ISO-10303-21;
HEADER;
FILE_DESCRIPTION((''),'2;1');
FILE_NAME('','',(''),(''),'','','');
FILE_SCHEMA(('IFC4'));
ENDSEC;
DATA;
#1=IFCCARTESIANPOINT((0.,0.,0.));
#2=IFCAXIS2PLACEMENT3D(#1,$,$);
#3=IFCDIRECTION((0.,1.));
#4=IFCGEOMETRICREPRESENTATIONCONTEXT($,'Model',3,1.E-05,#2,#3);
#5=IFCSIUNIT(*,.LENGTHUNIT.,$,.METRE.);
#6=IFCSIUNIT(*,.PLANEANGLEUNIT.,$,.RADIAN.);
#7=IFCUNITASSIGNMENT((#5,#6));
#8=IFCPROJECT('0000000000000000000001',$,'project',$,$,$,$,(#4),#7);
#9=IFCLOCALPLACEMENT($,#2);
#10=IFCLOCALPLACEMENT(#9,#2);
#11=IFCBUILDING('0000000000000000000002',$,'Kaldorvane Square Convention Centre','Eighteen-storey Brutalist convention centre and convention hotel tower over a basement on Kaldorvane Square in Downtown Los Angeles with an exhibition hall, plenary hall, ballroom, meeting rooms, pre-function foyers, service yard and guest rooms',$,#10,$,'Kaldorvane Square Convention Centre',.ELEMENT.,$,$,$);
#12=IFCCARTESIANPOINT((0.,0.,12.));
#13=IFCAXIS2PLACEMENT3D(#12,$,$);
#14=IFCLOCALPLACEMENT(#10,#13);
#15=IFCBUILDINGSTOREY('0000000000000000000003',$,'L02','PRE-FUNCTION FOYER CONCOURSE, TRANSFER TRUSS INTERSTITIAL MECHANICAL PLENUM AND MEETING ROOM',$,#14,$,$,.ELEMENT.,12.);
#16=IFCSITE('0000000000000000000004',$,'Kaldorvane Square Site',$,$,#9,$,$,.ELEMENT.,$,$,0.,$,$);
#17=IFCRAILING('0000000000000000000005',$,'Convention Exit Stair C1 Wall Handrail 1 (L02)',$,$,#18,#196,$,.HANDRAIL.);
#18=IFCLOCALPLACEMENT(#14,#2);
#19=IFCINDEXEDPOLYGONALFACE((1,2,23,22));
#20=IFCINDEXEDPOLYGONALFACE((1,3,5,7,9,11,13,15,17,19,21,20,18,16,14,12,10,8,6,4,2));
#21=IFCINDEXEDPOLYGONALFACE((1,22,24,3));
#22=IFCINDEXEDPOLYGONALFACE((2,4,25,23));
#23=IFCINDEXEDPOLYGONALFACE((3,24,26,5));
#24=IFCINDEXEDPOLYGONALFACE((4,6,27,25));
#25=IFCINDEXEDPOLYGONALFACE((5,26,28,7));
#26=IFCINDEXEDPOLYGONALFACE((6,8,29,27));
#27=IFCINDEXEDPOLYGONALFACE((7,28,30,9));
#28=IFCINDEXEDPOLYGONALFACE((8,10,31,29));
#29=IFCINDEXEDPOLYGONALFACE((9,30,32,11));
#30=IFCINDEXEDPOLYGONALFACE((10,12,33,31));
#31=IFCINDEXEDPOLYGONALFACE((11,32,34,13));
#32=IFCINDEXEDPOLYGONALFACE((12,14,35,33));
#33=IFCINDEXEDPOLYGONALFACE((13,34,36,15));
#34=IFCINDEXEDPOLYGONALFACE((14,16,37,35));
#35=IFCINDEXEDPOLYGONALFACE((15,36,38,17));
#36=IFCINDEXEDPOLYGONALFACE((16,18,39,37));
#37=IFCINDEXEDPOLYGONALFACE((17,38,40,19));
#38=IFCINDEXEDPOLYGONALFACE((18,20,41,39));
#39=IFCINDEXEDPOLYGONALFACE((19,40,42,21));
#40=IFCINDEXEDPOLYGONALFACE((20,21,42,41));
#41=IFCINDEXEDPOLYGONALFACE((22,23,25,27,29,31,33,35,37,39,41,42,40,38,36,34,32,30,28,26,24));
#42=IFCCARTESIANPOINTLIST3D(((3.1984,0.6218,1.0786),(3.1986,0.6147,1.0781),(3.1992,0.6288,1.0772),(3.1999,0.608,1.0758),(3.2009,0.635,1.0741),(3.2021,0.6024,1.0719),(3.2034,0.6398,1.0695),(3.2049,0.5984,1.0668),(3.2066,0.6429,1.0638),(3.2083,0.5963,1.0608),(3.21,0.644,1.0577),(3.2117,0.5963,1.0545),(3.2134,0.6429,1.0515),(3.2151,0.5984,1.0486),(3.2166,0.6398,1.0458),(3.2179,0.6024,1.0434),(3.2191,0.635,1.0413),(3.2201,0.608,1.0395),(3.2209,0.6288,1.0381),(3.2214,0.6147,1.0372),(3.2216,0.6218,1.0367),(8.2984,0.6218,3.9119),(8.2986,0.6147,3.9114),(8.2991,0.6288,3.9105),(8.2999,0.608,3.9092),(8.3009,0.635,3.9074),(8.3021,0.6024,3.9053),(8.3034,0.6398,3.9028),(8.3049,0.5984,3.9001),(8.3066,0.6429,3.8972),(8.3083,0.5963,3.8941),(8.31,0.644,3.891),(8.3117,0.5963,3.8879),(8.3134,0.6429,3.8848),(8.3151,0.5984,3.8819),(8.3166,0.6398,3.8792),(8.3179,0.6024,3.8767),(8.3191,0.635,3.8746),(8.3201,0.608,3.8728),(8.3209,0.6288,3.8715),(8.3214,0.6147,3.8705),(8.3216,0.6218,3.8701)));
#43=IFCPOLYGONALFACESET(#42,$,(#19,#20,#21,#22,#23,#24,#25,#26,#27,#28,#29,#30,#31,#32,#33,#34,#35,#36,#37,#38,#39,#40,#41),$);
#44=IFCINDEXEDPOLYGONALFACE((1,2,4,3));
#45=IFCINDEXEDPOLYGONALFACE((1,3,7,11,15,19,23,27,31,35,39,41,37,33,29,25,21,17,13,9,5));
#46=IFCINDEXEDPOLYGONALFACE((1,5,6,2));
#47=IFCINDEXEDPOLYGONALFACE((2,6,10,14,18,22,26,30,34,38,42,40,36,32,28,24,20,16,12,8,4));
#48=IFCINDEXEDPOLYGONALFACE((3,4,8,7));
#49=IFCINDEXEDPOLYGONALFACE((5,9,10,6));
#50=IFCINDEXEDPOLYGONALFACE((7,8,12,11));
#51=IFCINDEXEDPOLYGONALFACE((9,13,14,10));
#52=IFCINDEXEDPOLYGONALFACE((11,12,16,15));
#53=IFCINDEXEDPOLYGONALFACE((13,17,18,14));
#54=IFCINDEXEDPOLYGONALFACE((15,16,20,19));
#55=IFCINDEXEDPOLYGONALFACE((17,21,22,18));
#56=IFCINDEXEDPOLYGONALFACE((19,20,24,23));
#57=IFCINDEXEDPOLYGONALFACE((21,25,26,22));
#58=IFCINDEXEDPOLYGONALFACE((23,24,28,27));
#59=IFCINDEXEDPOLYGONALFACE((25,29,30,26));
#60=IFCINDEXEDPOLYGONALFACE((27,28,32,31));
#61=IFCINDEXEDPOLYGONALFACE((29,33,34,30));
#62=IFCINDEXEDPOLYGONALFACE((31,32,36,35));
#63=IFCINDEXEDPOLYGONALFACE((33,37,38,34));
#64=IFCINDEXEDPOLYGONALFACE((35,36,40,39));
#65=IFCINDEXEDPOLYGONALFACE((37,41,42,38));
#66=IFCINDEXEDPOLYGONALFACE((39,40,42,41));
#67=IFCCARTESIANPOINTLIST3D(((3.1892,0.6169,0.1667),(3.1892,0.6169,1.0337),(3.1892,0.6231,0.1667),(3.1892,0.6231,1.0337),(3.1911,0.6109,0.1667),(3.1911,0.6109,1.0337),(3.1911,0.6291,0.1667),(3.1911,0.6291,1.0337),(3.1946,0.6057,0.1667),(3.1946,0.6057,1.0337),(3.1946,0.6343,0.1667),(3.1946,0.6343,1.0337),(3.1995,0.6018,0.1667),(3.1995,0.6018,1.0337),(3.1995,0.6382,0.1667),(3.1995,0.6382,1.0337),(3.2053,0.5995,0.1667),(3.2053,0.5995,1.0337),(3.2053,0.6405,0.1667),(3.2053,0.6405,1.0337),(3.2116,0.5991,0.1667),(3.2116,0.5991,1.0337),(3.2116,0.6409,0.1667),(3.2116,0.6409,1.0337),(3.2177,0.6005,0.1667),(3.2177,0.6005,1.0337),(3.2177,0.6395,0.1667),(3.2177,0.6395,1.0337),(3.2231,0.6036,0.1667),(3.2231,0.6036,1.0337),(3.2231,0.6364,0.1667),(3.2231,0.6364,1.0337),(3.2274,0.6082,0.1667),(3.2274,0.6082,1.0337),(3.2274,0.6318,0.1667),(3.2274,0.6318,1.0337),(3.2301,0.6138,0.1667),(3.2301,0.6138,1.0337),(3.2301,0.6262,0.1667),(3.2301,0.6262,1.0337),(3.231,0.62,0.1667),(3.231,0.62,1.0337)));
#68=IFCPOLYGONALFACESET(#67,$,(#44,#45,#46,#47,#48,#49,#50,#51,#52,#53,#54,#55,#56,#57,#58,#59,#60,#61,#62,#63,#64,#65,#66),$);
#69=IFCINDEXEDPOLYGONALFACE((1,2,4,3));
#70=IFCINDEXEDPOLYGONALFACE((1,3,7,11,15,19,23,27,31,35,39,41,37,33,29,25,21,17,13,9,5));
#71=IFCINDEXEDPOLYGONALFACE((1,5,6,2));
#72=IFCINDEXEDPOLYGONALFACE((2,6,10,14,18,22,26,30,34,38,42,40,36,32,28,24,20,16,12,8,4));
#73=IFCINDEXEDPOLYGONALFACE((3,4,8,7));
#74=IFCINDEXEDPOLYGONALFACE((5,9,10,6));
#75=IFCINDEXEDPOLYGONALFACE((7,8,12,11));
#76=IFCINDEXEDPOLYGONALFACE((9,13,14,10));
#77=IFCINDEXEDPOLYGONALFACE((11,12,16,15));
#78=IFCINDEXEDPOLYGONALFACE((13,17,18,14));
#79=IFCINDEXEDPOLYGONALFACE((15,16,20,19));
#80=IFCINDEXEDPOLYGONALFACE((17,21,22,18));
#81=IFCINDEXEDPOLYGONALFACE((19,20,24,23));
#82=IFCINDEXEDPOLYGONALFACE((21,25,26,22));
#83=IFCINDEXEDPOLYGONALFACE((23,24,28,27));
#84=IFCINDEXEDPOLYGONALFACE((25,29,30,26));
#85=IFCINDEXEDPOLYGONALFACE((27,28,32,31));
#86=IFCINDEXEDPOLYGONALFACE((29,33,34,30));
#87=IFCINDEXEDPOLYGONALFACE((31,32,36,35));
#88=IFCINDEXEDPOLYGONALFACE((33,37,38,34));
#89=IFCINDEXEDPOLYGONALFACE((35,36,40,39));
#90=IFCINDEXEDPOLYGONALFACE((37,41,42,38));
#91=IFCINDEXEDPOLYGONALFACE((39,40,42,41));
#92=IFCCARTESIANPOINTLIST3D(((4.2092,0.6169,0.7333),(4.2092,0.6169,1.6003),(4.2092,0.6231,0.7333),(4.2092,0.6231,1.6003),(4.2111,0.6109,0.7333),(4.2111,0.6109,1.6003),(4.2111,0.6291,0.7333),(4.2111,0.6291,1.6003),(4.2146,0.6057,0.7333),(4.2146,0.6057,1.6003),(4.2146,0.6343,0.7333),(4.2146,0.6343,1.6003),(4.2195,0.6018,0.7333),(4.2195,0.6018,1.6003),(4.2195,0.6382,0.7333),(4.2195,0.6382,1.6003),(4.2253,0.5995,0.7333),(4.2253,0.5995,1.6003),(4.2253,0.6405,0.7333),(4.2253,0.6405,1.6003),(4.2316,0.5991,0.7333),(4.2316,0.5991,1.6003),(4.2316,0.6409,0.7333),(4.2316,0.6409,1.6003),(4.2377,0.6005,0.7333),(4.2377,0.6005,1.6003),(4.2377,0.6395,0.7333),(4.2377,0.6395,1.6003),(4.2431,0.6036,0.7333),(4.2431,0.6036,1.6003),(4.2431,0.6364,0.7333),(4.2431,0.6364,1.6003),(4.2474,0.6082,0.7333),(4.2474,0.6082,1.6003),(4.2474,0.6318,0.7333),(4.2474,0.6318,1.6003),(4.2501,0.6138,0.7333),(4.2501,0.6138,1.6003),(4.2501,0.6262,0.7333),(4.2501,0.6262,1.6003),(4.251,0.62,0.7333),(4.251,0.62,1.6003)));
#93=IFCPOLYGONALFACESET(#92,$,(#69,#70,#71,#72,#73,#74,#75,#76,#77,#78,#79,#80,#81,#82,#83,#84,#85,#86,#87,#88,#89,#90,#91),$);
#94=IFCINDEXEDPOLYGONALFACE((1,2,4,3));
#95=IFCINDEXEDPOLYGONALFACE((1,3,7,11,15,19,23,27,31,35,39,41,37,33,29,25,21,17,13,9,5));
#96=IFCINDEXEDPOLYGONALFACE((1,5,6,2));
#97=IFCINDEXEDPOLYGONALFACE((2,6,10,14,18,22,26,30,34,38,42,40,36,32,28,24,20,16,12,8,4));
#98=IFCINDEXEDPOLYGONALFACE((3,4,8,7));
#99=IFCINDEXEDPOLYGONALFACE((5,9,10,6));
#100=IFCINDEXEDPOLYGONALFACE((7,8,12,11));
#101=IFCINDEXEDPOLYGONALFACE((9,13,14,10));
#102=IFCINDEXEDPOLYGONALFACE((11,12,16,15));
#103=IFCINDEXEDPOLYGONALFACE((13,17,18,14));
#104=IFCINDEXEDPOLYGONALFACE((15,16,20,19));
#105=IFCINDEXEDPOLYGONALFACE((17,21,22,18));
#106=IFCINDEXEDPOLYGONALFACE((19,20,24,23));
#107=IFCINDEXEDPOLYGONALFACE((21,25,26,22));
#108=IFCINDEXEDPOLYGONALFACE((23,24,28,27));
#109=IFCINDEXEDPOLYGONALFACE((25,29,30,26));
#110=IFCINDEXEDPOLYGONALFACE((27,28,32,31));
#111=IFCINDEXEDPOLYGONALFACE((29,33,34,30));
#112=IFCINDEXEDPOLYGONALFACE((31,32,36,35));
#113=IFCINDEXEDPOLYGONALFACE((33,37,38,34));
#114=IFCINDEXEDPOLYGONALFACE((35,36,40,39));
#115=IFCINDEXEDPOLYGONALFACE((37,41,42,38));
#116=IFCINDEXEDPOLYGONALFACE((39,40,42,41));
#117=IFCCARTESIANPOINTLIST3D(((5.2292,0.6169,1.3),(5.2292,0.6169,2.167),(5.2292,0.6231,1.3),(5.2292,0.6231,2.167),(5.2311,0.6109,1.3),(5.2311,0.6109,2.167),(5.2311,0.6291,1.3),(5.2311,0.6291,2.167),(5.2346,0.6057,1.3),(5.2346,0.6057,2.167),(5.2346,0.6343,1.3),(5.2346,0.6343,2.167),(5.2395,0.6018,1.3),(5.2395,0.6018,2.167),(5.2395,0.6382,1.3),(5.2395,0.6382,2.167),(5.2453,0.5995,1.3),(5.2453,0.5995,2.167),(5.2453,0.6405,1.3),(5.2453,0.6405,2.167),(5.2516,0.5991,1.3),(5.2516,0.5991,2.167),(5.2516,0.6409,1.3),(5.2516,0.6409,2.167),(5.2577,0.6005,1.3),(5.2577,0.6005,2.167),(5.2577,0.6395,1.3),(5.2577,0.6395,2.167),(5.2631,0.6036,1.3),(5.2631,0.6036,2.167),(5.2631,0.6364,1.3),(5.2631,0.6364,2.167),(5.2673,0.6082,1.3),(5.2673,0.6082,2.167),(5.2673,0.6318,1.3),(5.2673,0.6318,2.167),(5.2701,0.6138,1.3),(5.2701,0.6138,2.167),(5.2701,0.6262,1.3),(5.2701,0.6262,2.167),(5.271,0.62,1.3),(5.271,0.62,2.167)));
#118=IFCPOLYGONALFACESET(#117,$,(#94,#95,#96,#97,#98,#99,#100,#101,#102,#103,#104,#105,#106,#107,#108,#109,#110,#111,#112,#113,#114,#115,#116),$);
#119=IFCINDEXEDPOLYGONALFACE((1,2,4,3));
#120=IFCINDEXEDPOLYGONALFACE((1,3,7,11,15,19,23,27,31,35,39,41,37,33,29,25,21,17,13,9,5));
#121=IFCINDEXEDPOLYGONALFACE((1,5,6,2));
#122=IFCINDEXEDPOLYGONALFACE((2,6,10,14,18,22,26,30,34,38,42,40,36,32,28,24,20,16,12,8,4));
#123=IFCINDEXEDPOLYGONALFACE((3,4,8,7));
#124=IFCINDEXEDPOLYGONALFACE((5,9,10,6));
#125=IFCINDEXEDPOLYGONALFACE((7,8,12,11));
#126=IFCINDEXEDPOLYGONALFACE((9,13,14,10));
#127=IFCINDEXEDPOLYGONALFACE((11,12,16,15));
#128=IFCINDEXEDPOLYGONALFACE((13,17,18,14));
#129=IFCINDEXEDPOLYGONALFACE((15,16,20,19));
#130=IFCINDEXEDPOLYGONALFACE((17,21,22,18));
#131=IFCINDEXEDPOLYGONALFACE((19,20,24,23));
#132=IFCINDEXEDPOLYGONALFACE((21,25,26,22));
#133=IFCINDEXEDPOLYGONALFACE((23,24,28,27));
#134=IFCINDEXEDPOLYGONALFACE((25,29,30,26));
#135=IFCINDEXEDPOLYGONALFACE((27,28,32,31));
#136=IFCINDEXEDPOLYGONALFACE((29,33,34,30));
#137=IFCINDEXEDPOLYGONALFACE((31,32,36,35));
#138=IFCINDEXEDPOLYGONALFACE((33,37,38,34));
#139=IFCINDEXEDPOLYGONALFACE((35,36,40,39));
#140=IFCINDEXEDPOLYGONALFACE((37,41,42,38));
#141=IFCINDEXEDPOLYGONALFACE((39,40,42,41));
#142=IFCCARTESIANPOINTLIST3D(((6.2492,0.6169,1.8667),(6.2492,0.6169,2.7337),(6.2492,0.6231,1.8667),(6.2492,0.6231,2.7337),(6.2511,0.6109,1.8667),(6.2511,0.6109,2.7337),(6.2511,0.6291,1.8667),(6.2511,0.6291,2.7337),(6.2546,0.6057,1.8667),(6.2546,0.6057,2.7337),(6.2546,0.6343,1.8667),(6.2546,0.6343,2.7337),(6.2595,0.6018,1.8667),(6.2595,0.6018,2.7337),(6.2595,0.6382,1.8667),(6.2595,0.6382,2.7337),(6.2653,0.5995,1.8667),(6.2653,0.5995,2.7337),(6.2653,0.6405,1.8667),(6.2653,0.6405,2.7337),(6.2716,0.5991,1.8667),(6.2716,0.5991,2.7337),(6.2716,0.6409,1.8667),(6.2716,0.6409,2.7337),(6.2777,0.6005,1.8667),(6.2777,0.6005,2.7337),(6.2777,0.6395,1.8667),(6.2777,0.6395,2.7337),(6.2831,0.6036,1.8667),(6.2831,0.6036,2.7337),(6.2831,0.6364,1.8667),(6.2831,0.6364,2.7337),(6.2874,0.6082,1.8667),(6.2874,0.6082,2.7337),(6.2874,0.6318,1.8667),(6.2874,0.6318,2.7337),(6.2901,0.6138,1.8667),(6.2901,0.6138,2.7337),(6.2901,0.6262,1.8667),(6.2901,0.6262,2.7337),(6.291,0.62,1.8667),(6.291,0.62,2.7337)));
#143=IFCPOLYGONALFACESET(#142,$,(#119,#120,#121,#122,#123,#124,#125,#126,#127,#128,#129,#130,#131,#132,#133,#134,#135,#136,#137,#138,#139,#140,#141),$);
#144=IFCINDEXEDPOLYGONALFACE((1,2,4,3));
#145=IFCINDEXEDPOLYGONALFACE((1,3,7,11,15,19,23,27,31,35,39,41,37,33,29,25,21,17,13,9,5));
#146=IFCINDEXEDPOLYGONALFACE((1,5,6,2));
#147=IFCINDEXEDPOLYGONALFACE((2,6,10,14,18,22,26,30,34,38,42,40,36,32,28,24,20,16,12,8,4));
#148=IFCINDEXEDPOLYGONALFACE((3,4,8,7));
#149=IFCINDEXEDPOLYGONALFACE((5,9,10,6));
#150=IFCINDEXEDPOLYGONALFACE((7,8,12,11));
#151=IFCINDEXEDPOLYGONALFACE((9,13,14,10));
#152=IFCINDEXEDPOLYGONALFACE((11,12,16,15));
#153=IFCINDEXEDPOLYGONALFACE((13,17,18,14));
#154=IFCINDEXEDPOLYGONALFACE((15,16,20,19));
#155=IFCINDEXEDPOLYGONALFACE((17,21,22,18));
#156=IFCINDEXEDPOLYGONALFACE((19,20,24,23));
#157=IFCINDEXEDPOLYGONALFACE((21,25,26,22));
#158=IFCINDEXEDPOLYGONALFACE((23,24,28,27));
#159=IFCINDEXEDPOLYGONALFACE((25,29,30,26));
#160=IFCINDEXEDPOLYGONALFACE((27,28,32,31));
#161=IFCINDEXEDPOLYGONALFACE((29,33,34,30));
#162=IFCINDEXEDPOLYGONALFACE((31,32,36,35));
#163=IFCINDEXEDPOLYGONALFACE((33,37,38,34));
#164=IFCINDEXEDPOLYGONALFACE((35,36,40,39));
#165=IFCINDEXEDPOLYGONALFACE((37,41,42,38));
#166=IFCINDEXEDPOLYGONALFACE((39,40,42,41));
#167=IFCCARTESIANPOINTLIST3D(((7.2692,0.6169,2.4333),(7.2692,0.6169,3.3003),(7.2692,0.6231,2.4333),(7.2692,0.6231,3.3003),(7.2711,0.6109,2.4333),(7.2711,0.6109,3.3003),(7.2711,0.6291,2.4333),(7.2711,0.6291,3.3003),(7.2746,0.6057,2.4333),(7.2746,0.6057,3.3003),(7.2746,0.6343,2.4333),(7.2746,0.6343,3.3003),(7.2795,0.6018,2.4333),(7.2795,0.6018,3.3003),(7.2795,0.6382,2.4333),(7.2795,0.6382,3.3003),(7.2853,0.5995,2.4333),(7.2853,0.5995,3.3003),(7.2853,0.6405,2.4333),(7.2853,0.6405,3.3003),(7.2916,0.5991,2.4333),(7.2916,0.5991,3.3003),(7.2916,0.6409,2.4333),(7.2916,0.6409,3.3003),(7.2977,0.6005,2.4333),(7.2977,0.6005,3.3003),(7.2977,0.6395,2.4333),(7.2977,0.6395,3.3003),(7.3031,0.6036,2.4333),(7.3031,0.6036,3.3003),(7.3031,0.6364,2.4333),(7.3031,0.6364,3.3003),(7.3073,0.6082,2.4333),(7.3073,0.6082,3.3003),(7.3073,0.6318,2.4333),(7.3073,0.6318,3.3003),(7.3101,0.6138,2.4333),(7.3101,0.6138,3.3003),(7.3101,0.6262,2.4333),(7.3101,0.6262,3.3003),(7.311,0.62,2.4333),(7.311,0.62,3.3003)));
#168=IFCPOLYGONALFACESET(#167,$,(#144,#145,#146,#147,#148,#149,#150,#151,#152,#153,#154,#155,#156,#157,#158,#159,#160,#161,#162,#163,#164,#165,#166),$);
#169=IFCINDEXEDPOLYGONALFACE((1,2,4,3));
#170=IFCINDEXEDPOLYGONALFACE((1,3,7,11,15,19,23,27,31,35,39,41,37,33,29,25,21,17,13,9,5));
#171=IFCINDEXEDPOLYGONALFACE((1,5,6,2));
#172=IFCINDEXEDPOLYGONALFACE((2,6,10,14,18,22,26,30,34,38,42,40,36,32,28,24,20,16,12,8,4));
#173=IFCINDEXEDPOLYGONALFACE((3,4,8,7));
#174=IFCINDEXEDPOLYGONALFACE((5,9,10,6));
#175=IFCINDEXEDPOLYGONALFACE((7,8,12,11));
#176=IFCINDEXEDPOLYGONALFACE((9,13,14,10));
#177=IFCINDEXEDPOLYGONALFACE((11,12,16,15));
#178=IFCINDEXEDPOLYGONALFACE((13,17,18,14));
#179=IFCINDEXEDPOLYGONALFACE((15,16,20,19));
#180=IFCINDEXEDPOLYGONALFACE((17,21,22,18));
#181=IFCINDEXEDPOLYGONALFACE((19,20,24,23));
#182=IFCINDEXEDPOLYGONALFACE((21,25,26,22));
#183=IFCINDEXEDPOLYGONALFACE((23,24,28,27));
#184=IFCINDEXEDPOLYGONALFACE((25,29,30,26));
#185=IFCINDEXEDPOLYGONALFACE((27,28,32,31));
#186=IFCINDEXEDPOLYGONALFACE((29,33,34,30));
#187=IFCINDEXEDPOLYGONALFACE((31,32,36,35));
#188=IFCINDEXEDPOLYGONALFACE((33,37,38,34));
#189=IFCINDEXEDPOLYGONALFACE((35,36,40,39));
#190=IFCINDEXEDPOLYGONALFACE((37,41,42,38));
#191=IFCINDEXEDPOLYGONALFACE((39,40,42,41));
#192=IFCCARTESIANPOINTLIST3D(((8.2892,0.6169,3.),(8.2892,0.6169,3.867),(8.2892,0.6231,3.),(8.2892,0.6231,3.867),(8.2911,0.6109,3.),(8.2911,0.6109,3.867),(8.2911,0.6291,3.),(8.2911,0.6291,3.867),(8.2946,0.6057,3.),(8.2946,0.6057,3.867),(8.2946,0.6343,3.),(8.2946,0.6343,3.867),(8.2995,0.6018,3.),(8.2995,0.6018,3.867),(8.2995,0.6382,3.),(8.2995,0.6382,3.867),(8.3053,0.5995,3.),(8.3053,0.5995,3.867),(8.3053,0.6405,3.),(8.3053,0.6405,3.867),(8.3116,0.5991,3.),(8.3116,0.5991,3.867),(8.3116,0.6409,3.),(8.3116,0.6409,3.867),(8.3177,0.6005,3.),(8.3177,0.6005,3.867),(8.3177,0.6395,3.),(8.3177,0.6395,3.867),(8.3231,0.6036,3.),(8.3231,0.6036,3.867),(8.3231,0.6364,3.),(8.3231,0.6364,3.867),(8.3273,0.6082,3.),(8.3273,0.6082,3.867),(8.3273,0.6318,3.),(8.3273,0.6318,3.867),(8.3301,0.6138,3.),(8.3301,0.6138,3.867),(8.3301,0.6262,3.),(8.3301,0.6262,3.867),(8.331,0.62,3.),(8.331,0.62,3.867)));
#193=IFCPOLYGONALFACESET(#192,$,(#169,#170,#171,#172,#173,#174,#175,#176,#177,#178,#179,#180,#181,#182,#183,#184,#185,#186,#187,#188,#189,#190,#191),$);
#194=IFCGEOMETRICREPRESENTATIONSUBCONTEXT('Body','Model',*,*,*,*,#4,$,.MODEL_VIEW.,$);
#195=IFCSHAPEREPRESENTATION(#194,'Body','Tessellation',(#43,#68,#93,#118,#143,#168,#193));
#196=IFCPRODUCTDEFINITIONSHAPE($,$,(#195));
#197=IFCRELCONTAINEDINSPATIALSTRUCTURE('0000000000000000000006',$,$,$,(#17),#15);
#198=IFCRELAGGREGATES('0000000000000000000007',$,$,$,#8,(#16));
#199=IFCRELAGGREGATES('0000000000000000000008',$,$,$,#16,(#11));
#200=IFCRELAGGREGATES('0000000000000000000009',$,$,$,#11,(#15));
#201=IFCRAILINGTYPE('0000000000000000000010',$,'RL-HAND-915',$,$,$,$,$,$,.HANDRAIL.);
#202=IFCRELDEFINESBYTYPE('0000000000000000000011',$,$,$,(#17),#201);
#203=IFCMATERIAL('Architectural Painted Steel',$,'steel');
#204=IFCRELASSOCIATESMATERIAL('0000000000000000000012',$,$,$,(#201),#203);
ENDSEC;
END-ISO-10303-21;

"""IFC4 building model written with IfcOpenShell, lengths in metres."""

from ifc_helpers import new_model, si_unit, direction, frame, origin, origin_2d, place, context, subcontext, project, spatial, circle, extrude, material, type_object, element, save


model = new_model("IFC4")

# Units and contexts
model_context = context("Model", 3, precision=1e-05, world=origin(), true_north=direction((0.0, 1.0)))
body_context = subcontext(model_context, "Body", "Model", "MODEL_VIEW")
ifc_project = project(units=[si_unit("LENGTHUNIT", "METRE"), si_unit("PLANEANGLEUNIT", "RADIAN")], contexts=[model_context])

# Site, building, storey
site_placement = place(None, origin())
site = spatial("IfcSite", under=ifc_project, at=site_placement, Name="Kaldorvane Square Site", CompositionType="ELEMENT", RefElevation=0.0)
building_placement = place(site_placement, origin())
building = spatial("IfcBuilding", under=site, at=building_placement, Name="Kaldorvane Square Convention Centre", Description="Eighteen-storey Brutalist convention centre and convention hotel tower over a basement on Kaldorvane Square in Downtown Los Angeles with an exhibition hall, plenary hall, ballroom, meeting rooms, pre-function foyers, service yard and guest rooms", LongName="Kaldorvane Square Convention Centre", CompositionType="ELEMENT")
storey_placement = place(building_placement, frame((0.0, 0.0, 12.0)))
storey = spatial("IfcBuildingStorey", under=building, at=storey_placement, Name="L02", Description="PRE-FUNCTION FOYER CONCOURSE, TRANSFER TRUSS INTERSTITIAL MECHANICAL PLENUM AND MEETING ROOM", CompositionType="ELEMENT", Elevation=12.0)

# Railing
ifc_material_1 = material(Name="Architectural Painted Steel", Category="steel")
railing_type_1 = type_object("IfcRailingType", Name="RL-HAND-915", PredefinedType="HANDRAIL", material=ifc_material_1)
railing_1_placement = place(storey_placement, frame((3.21, 0.62, 0.1667)))
element("IfcRailing", 1, at=railing_1_placement, inside=storey, type_object=railing_type_1, Name="Convention Exit Stair C1 Wall Handrail 1 (L02)", PredefinedType="HANDRAIL", context=body_context, shape_type="SweptSolid", body=[
    extrude(circle(Radius=0.024, at=origin_2d()), frame((0.0, 0.0, 0.891), z_axis=(0.874157, 0.0, 0.485643), x_axis=(0.0, 1.0, 0.0)), (0.0, 0.0, 1.0), 5.8342),
    extrude(circle(Radius=0.021, at=origin_2d()), origin(), (0.0, 0.0, 1.0), 0.867),
    extrude(circle(Radius=0.021, at=origin_2d()), frame((1.02, 0.0, 0.5667)), (0.0, 0.0, 1.0), 0.867),
    extrude(circle(Radius=0.021, at=origin_2d()), frame((2.04, 0.0, 1.1333)), (0.0, 0.0, 1.0), 0.867),
    extrude(circle(Radius=0.021, at=origin_2d()), frame((3.06, 0.0, 1.7)), (0.0, 0.0, 1.0), 0.867),
    extrude(circle(Radius=0.021, at=origin_2d()), frame((4.08, 0.0, 2.2667)), (0.0, 0.0, 1.0), 0.867),
    extrude(circle(Radius=0.021, at=origin_2d()), frame((5.1, 0.0, 2.8333)), (0.0, 0.0, 1.0), 0.867),
])

save(model, "model.ifc")
